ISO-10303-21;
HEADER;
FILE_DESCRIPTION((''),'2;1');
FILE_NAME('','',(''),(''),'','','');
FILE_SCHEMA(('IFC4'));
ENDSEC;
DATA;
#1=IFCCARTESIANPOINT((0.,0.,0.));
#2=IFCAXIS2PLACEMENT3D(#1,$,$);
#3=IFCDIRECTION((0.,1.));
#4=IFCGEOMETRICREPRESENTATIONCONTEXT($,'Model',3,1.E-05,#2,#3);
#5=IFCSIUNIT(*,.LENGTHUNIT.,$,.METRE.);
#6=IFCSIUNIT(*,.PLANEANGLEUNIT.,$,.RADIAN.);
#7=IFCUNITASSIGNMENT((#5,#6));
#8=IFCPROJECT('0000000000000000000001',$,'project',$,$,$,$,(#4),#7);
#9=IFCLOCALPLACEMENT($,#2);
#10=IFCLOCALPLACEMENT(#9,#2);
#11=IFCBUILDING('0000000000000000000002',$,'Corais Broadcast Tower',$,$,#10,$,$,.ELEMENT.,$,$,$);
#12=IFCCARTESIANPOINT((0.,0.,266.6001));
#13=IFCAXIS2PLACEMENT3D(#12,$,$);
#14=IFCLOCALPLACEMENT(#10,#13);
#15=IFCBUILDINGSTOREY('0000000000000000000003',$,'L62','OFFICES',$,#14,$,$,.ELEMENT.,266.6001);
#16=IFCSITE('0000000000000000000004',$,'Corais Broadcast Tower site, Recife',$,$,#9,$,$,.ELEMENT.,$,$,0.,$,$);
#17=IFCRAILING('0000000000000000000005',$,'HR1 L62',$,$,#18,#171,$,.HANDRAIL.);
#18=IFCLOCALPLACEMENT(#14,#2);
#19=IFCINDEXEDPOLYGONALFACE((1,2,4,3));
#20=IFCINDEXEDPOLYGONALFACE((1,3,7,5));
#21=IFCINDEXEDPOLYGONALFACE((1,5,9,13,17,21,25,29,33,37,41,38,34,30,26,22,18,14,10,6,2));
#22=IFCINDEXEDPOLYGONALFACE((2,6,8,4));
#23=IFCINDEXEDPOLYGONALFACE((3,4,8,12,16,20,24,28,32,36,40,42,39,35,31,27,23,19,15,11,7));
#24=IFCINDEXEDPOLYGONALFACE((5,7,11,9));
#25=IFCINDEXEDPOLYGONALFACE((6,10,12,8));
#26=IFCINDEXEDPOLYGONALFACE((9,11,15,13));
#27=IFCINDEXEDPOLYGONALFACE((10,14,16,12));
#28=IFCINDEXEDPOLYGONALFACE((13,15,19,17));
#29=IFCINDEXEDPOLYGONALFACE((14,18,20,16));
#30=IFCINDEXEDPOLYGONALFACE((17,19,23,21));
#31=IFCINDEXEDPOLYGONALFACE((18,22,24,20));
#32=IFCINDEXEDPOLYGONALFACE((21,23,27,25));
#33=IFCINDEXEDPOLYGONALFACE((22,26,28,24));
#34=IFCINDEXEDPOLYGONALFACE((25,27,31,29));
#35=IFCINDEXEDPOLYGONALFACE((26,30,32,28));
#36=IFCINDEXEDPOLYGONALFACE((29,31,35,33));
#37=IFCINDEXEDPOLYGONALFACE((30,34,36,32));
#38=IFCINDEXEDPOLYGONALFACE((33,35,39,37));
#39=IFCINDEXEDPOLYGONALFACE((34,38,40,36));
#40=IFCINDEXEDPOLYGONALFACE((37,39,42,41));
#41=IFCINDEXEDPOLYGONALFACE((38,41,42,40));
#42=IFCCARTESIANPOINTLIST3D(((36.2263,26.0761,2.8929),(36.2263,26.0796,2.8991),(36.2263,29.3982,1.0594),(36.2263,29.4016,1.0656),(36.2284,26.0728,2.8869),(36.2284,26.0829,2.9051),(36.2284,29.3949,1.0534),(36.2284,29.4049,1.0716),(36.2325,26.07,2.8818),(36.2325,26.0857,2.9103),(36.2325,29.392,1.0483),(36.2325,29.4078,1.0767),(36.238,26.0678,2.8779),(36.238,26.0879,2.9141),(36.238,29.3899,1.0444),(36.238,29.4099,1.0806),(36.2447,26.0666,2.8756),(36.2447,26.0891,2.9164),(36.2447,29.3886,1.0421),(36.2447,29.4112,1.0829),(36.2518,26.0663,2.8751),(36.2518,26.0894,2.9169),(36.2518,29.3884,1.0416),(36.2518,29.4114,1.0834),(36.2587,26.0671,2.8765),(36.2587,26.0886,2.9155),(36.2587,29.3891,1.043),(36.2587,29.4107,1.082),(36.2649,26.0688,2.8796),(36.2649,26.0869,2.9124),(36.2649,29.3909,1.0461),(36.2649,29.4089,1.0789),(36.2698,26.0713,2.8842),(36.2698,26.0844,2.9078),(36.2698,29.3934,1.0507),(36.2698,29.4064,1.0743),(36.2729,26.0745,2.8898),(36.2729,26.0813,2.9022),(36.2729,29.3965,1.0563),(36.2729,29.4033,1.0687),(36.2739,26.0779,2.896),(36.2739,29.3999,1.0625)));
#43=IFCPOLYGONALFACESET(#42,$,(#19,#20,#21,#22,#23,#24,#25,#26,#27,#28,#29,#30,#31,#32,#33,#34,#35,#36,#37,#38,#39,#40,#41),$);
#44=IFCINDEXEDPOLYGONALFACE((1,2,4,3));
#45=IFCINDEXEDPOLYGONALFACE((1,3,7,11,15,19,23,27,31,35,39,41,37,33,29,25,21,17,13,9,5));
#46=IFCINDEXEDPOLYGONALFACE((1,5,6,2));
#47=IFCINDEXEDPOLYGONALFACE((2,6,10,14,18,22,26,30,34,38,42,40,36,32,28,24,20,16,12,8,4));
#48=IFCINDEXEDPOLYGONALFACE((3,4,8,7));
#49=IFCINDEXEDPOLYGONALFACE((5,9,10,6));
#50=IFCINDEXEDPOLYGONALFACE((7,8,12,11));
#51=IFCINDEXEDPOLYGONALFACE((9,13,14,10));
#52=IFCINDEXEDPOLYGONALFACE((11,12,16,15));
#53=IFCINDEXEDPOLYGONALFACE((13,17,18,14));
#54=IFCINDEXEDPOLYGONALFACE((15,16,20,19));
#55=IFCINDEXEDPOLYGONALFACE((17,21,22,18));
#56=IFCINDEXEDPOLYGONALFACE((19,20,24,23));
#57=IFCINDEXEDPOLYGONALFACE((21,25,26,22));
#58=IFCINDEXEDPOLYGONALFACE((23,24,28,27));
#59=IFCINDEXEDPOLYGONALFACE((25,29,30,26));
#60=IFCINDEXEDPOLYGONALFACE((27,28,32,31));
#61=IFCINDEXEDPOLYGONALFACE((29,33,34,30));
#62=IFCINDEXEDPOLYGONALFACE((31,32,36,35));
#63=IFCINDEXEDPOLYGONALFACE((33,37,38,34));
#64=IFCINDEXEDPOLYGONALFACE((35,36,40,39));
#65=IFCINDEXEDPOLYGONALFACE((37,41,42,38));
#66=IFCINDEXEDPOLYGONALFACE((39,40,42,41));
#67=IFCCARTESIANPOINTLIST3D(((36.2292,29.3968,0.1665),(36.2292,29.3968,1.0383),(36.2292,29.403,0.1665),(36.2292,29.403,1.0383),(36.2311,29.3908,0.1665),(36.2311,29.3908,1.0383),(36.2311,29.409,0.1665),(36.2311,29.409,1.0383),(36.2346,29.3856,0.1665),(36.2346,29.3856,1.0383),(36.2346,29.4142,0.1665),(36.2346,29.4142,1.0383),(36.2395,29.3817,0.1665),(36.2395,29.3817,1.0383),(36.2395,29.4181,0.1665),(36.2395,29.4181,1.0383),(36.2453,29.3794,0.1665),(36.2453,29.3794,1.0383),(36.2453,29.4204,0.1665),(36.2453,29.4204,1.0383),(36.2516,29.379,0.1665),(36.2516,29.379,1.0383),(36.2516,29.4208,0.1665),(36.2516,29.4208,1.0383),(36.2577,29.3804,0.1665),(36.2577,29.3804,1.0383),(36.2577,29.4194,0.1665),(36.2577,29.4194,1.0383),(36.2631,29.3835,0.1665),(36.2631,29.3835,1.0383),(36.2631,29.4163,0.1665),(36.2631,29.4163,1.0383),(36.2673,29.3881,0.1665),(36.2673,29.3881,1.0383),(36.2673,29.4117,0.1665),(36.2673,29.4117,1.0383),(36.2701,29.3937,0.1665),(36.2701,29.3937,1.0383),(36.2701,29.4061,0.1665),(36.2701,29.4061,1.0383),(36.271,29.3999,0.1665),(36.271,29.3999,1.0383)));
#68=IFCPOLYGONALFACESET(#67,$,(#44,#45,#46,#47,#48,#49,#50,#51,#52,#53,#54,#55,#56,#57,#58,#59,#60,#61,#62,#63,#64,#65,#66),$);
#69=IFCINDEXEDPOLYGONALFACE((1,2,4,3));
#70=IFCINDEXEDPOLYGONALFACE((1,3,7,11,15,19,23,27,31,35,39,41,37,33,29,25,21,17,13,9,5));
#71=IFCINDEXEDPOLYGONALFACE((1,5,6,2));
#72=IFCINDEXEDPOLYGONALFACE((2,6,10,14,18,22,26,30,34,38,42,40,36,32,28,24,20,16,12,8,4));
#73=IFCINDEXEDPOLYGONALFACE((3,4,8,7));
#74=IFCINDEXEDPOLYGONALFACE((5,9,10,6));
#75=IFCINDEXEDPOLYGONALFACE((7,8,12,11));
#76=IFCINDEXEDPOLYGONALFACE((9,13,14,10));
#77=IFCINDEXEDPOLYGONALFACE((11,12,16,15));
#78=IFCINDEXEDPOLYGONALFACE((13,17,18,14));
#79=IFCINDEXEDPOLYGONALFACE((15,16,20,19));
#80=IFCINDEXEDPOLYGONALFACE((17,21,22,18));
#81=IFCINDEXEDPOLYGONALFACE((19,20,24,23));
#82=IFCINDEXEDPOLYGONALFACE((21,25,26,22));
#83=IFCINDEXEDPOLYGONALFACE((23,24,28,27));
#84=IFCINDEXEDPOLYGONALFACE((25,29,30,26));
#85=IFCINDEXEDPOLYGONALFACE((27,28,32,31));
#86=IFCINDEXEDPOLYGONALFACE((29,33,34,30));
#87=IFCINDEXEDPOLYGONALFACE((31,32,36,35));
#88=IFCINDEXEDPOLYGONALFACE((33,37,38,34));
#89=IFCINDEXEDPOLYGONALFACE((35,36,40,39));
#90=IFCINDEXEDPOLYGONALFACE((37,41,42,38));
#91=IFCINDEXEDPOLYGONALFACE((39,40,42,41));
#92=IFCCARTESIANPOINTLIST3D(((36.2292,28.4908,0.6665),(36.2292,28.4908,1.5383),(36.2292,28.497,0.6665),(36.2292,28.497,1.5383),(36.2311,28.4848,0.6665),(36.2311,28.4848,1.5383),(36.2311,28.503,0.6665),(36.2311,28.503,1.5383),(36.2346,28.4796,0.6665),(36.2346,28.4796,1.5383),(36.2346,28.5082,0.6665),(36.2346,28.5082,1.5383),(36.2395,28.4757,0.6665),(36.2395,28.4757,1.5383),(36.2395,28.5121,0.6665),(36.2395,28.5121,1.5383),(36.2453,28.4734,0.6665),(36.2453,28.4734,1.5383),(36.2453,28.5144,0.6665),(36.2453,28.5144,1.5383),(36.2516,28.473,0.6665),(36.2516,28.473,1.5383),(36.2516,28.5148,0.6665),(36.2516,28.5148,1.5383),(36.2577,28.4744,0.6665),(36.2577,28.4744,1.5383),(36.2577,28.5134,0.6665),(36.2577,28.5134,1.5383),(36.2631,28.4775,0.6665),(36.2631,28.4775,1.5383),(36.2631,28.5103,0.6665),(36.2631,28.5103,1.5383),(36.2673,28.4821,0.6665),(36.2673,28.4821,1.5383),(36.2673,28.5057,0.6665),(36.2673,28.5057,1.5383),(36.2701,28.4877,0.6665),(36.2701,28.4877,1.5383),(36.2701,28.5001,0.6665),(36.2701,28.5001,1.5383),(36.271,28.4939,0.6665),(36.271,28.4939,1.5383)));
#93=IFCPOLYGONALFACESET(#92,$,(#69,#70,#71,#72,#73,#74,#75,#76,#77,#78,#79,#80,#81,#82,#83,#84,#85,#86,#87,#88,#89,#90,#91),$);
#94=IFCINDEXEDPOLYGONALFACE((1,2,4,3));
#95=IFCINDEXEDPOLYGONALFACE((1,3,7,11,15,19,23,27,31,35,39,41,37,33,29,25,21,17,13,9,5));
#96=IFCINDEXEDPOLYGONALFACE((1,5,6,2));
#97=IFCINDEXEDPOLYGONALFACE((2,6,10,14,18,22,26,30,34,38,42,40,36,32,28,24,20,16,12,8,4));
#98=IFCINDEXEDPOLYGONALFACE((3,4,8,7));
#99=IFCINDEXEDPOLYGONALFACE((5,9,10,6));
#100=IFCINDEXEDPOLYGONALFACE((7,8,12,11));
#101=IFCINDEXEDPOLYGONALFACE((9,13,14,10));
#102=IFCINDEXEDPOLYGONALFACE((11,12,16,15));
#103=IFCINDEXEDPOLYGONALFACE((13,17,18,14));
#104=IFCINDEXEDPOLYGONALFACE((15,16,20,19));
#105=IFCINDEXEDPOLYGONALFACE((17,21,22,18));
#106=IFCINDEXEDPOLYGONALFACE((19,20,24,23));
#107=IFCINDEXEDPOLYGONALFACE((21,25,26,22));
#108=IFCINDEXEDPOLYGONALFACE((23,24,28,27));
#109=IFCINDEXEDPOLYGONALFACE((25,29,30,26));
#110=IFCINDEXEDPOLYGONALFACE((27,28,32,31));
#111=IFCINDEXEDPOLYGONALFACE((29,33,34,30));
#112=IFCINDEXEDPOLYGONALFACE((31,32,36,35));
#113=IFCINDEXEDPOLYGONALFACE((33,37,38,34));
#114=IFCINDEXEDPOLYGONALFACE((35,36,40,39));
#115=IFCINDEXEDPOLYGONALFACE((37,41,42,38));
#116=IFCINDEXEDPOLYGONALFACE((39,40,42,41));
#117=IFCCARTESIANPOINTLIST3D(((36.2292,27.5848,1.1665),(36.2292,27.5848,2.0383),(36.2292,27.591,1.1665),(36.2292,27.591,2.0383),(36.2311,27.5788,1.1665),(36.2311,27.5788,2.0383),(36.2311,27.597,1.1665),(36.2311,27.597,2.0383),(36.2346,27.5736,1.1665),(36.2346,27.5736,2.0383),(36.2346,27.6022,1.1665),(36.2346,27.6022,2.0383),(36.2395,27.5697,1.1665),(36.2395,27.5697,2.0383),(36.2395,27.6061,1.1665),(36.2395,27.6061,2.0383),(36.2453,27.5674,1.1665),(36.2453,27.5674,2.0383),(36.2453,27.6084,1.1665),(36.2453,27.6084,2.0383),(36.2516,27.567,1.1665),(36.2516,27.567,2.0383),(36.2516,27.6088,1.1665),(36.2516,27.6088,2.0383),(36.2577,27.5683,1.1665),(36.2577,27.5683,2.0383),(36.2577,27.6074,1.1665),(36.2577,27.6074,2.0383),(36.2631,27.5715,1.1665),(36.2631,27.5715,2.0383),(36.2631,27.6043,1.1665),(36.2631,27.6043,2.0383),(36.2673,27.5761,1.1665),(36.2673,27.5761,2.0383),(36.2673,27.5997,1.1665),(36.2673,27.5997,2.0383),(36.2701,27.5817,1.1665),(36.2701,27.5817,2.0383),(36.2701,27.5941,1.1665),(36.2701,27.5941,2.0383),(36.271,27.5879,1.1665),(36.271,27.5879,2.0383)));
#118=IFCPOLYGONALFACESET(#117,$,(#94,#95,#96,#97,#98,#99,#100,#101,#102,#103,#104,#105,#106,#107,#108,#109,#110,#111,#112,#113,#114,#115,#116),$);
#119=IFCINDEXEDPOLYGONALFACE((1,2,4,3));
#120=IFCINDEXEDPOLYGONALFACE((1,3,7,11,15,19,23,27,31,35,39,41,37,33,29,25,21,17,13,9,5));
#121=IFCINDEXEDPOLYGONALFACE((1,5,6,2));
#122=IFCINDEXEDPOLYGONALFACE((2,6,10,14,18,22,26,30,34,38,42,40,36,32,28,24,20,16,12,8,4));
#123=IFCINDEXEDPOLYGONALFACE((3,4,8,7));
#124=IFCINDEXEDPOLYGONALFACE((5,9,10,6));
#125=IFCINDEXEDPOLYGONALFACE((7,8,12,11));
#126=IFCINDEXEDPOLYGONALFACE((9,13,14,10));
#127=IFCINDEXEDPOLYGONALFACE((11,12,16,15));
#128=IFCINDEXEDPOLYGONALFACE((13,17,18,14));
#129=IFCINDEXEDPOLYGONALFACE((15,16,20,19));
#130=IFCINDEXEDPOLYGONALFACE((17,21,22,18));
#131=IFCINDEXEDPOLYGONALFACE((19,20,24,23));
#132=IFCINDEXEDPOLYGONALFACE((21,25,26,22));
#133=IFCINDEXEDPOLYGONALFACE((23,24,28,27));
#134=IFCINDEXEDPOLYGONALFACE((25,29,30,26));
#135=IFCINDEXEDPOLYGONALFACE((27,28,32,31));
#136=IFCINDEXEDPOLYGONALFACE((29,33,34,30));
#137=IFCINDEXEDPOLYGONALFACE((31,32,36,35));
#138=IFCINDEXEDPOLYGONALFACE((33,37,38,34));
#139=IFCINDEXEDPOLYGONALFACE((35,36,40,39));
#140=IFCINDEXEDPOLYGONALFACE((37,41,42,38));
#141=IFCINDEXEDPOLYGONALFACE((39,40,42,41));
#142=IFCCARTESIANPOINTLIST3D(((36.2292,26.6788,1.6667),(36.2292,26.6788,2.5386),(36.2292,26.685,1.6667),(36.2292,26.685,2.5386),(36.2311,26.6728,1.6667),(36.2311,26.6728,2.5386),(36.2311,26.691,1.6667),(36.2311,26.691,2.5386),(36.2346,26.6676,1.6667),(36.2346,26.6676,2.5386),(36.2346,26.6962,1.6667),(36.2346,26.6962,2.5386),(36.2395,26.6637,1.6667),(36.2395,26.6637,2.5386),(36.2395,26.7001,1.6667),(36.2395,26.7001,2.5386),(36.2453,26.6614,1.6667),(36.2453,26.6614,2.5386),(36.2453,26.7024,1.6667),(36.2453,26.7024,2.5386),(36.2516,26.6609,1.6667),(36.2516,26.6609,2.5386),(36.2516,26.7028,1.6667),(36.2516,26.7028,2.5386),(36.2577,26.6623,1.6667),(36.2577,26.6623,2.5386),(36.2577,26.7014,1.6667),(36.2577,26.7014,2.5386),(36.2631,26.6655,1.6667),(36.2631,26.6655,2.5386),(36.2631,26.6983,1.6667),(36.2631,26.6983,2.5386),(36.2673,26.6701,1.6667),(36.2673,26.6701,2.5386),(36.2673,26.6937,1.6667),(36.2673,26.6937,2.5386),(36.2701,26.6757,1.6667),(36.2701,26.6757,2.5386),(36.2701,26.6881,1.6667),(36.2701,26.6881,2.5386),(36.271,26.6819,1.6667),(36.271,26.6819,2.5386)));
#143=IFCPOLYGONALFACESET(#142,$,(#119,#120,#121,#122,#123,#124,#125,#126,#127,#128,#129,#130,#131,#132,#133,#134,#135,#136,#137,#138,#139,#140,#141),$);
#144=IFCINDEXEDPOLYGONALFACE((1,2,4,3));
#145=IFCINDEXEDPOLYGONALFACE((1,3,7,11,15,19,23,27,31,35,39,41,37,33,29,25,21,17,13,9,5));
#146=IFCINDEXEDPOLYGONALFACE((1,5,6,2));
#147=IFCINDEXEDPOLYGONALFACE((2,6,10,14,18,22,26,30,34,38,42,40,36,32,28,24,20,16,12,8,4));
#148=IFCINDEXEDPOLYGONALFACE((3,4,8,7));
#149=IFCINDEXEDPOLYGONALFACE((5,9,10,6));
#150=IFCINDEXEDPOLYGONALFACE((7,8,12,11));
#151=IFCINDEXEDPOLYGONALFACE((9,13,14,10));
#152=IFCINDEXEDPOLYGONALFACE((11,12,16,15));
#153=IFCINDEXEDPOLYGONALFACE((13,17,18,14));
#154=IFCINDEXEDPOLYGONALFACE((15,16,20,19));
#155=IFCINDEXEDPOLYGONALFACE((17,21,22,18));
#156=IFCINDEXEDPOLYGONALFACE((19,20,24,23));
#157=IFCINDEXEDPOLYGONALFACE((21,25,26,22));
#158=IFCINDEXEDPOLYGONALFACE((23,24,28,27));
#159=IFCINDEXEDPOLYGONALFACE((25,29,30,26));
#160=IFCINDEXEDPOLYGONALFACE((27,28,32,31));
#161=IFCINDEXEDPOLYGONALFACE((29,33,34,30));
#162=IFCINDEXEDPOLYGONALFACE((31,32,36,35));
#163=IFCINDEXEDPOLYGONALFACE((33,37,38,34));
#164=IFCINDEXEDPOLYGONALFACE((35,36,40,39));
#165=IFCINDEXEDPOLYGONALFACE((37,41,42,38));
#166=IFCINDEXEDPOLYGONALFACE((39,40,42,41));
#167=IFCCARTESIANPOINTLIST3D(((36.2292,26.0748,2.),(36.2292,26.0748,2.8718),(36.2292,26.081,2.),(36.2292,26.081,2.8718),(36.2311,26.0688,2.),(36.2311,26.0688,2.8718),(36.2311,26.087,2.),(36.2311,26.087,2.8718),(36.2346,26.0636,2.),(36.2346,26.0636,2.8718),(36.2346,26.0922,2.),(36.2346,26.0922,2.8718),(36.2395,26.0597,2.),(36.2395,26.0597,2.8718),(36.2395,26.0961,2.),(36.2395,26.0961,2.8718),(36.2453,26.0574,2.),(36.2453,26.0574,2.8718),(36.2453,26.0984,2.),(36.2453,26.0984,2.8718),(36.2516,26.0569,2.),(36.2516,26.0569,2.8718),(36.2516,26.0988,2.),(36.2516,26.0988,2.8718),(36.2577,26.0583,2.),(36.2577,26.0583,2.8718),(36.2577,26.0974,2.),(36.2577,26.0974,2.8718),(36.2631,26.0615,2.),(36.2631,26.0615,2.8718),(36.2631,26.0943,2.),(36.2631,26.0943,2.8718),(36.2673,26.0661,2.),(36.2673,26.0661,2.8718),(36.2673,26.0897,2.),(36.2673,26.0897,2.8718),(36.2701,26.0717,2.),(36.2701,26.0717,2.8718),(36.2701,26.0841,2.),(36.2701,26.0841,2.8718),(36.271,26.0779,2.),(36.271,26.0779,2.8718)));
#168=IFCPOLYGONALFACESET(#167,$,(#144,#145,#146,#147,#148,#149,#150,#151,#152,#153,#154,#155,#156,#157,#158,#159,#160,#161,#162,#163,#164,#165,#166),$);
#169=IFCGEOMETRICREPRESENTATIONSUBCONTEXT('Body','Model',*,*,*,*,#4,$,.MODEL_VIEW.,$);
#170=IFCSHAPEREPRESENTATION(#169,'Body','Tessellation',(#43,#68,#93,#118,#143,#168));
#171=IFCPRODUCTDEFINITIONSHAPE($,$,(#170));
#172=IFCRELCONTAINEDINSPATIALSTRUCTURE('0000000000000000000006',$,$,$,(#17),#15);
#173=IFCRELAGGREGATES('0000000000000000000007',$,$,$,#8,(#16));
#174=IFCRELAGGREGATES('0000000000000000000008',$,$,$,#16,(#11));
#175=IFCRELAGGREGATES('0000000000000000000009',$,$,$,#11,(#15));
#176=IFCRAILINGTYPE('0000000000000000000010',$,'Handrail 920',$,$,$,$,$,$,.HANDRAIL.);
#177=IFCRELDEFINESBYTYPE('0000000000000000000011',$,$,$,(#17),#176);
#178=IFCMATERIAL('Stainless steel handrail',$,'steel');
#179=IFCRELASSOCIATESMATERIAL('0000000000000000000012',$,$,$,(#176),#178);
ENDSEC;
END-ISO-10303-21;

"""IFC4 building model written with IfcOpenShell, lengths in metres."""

from ifc_helpers import new_model, si_unit, direction, frame, origin, origin_2d, place, context, subcontext, project, spatial, circle, extrude, material, type_object, element, save


model = new_model("IFC4")

# Units and contexts
model_context = context("Model", 3, precision=1e-05, world=origin(), true_north=direction((0.0, 1.0)))
body_context = subcontext(model_context, "Body", "Model", "MODEL_VIEW")
ifc_project = project(units=[si_unit("LENGTHUNIT", "METRE"), si_unit("PLANEANGLEUNIT", "RADIAN")], contexts=[model_context])

# Site, building, storey
site_placement = place(None, origin())
site = spatial("IfcSite", under=ifc_project, at=site_placement, Name="Corais Broadcast Tower site, Recife", CompositionType="ELEMENT", RefElevation=0.0)
building_placement = place(site_placement, origin())
building = spatial("IfcBuilding", under=site, at=building_placement, Name="Corais Broadcast Tower", CompositionType="ELEMENT")
storey_placement = place(building_placement, frame((0.0, 0.0, 266.6001)))
storey = spatial("IfcBuildingStorey", under=building, at=storey_placement, Name="L62", Description="OFFICES", CompositionType="ELEMENT", Elevation=266.6001)

# Railing
ifc_material_1 = material(Name="Stainless steel handrail", Category="steel")
railing_type = type_object("IfcRailingType", Name="Handrail 920", PredefinedType="HANDRAIL", material=ifc_material_1)
for number, where, name in (
    (1, (36.25, 29.3999, 0.1665), "HR1 L62"),
):
    element("IfcRailing", number, at=place(storey_placement, frame(where)), inside=storey, type_object=railing_type, Name=name, PredefinedType="HANDRAIL", context=body_context, shape_type="SweptSolid", body=[
        extrude(circle(Radius=0.0239, at=origin_2d()), frame((0.0, 0.0, 0.896), z_axis=(0.0, -0.875504, 0.48321), x_axis=(1.0, 0.0, 0.0)), (0.0, 0.0, 1.0), 3.7944),
        extrude(circle(Radius=0.021, at=origin_2d()), origin(), (0.0, 0.0, 1.0), 0.8718),
        extrude(circle(Radius=0.021, at=origin_2d()), frame((0.0, -0.906, 0.5)), (0.0, 0.0, 1.0), 0.8718),
        extrude(circle(Radius=0.021, at=origin_2d()), frame((0.0, -1.812, 1.0)), (0.0, 0.0, 1.0), 0.8718),
        extrude(circle(Radius=0.021, at=origin_2d()), frame((0.0, -2.718, 1.5002)), (0.0, 0.0, 1.0), 0.8718),
        extrude(circle(Radius=0.021, at=origin_2d()), frame((0.0, -3.322, 1.8335)), (0.0, 0.0, 1.0), 0.8718),
    ])

save(model, "model.ifc")
